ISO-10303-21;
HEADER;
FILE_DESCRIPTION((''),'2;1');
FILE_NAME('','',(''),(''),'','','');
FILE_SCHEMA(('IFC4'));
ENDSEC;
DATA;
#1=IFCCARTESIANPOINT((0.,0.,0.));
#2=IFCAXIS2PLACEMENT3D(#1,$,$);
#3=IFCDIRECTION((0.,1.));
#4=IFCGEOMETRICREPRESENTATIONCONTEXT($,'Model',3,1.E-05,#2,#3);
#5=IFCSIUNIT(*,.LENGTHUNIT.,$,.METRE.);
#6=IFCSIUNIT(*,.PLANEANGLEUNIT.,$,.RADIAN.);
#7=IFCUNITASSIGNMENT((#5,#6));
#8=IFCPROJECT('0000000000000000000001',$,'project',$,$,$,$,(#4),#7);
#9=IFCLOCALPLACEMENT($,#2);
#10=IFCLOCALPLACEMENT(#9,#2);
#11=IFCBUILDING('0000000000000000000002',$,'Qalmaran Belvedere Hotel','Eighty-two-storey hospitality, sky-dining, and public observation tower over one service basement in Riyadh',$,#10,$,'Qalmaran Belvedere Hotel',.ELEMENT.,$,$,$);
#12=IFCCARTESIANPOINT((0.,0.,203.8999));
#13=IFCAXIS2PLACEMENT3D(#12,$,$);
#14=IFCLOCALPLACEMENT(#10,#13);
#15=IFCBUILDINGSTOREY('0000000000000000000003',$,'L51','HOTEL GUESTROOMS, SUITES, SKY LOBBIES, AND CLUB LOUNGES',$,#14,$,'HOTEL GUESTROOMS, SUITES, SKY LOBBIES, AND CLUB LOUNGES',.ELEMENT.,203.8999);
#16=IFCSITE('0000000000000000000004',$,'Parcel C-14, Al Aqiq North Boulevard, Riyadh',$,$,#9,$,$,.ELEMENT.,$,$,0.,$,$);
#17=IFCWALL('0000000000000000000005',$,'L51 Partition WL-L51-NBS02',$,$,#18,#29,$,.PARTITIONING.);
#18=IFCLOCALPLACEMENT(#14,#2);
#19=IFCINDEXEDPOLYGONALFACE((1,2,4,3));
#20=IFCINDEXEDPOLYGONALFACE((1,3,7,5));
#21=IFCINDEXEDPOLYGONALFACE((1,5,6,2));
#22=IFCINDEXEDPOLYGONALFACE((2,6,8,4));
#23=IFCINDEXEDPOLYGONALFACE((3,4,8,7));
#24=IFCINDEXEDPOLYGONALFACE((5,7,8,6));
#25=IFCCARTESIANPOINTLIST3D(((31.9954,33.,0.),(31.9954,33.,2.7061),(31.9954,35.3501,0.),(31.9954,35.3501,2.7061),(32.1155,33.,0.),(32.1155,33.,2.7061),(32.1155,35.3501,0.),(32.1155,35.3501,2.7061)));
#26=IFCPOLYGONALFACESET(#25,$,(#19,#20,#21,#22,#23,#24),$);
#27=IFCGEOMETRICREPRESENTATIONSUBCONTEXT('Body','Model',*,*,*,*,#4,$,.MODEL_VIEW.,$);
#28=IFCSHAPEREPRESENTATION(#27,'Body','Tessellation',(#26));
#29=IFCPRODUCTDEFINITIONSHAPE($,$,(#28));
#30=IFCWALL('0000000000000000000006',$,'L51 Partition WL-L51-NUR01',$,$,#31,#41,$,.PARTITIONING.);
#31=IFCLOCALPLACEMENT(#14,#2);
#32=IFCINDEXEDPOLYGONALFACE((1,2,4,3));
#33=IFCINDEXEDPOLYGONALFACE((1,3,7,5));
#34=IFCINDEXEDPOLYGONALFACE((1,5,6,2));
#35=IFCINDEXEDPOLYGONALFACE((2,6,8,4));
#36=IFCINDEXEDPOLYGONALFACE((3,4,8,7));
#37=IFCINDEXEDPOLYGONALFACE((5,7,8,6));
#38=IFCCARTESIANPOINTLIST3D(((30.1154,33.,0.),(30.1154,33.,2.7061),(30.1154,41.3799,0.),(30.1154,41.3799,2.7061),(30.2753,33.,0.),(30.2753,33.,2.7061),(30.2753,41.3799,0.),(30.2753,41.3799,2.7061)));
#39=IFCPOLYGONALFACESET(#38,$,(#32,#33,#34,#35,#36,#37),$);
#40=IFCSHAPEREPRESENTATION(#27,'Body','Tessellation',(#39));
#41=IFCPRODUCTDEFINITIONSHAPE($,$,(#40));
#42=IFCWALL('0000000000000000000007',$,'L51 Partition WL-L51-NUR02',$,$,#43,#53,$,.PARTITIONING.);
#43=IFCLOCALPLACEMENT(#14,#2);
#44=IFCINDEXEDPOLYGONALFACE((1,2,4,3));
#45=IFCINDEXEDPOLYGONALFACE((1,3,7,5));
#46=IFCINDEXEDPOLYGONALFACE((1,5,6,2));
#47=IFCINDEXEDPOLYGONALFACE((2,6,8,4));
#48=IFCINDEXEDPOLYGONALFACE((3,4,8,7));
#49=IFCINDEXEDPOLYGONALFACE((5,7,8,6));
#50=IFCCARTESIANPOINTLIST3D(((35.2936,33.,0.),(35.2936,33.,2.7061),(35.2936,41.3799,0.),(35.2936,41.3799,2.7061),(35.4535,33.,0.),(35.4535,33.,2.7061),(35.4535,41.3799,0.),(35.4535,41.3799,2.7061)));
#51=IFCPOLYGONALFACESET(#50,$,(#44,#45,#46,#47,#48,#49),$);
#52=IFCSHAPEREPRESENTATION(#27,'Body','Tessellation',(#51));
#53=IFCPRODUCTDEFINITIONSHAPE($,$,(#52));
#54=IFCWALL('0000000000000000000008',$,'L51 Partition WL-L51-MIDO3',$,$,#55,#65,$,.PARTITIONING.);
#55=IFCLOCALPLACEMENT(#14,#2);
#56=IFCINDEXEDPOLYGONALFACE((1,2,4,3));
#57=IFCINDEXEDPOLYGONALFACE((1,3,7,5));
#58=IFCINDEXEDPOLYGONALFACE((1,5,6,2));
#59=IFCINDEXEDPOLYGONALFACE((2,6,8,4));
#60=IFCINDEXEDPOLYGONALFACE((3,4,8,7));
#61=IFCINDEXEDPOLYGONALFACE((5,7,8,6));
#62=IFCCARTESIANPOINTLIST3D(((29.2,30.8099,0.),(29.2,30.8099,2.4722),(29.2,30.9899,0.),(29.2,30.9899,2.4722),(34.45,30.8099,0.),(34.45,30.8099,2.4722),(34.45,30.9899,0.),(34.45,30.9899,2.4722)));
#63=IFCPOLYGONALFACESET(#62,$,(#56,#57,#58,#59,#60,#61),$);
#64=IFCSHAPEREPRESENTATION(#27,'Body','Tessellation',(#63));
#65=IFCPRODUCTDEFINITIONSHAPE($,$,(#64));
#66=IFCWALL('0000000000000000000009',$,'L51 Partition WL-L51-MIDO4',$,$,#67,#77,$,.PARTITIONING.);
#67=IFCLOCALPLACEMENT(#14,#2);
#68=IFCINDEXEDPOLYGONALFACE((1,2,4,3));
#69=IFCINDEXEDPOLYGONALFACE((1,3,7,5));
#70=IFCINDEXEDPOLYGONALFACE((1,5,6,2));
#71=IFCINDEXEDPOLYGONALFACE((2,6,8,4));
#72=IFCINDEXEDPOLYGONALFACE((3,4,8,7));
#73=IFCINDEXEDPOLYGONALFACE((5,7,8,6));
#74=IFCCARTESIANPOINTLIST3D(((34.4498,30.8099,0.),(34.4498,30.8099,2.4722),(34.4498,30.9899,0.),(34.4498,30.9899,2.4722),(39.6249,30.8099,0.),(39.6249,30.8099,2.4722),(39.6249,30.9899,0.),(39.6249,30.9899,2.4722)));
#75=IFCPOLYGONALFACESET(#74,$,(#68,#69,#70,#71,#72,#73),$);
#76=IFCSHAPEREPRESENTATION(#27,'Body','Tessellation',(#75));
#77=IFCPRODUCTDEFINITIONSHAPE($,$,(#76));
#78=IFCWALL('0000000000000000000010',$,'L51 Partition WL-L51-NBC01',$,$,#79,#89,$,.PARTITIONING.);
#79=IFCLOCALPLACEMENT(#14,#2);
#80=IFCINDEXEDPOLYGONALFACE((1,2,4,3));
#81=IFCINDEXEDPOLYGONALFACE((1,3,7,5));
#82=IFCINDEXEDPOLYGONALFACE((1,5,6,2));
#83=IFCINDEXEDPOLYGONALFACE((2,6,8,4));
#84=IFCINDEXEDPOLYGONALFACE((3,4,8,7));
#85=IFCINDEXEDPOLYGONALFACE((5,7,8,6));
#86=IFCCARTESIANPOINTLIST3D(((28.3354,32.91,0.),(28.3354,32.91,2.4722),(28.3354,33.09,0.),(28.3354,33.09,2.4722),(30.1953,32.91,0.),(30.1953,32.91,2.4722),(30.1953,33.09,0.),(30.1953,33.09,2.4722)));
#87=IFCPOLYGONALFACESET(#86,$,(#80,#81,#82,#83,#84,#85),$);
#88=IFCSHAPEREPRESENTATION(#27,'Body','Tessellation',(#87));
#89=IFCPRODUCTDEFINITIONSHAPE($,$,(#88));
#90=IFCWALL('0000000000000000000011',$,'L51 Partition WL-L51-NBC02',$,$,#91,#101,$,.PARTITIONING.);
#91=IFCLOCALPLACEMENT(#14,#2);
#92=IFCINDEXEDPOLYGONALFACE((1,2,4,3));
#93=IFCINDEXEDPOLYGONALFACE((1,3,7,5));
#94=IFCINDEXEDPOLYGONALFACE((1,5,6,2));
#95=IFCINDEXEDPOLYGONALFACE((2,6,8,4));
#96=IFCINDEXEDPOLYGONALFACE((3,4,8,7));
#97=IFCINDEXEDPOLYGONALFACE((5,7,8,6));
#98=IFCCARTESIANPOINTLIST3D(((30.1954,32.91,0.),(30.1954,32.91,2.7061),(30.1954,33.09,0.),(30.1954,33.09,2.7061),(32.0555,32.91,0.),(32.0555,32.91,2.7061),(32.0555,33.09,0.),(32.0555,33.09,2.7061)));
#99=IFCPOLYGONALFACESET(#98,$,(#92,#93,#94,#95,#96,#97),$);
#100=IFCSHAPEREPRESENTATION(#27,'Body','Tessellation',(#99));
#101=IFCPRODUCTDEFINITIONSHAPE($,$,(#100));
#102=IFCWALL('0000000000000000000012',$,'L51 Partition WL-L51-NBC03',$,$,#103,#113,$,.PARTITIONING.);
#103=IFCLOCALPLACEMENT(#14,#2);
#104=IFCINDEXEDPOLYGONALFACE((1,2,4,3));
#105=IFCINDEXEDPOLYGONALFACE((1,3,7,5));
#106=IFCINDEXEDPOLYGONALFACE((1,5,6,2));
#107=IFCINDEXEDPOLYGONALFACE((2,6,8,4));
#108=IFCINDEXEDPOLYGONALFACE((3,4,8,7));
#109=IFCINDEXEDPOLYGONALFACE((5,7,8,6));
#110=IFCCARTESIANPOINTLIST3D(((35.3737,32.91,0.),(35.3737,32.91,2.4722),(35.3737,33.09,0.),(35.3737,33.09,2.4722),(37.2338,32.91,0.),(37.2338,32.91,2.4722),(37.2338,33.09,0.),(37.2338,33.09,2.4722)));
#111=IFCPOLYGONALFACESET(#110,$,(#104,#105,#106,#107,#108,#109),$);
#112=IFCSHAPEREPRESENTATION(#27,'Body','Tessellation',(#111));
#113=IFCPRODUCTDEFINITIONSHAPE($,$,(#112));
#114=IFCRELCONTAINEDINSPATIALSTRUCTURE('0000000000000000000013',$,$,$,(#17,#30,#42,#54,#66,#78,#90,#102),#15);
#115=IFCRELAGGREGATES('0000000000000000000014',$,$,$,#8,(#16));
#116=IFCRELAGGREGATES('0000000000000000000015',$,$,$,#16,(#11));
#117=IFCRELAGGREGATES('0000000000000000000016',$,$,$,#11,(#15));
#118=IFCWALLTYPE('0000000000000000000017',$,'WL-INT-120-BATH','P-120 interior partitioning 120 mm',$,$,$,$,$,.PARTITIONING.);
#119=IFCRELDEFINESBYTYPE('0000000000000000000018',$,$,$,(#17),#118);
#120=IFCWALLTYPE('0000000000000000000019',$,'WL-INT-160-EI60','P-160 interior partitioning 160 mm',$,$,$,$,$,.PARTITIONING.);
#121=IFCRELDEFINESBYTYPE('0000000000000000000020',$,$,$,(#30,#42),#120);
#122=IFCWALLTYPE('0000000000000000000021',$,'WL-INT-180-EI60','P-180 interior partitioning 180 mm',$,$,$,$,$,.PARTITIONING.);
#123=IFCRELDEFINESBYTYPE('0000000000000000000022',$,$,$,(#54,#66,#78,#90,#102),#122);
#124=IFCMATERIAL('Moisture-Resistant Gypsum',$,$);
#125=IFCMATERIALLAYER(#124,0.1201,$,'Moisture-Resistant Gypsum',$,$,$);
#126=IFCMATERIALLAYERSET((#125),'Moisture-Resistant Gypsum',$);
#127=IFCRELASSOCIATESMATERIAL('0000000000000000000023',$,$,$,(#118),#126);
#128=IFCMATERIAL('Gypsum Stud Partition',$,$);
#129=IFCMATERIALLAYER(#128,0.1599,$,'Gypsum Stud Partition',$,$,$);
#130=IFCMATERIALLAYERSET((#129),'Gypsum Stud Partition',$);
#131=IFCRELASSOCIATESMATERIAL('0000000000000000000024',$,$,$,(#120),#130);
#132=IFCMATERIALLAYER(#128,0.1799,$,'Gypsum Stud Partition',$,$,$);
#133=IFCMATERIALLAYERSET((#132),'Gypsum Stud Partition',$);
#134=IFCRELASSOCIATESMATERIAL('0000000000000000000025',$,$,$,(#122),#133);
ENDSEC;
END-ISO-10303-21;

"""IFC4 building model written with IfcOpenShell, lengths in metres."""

from ifc_helpers import new_model, si_unit, direction, frame, frame_2d, origin, place, context, subcontext, project, spatial, rectangle, extrude, material, layer, layer_set, type_object, element, save


model = new_model("IFC4")

# Units and contexts
model_context = context("Model", 3, precision=1e-05, world=origin(), true_north=direction((0.0, 1.0)))
body_context = subcontext(model_context, "Body", "Model", "MODEL_VIEW")
ifc_project = project(units=[si_unit("LENGTHUNIT", "METRE"), si_unit("PLANEANGLEUNIT", "RADIAN")], contexts=[model_context])

# Site, building, storey
site_placement = place(None, origin())
site = spatial("IfcSite", under=ifc_project, at=site_placement, Name="Parcel C-14, Al Aqiq North Boulevard, Riyadh", CompositionType="ELEMENT", RefElevation=0.0)
building_placement = place(site_placement, origin())
building = spatial("IfcBuilding", under=site, at=building_placement, Name="Qalmaran Belvedere Hotel", Description="Eighty-two-storey hospitality, sky-dining, and public observation tower over one service basement in Riyadh", LongName="Qalmaran Belvedere Hotel", CompositionType="ELEMENT")
storey_placement = place(building_placement, frame((0.0, 0.0, 203.8999)))
storey = spatial("IfcBuildingStorey", under=building, at=storey_placement, Name="L51", Description="HOTEL GUESTROOMS, SUITES, SKY LOBBIES, AND CLUB LOUNGES", LongName="HOTEL GUESTROOMS, SUITES, SKY LOBBIES, AND CLUB LOUNGES", CompositionType="ELEMENT", Elevation=203.8999)

# Walls
ifc_material_1 = material(Name="Moisture-Resistant Gypsum")
ifc_layer_1 = layer(ifc_material_1, 0.1201, Name="Moisture-Resistant Gypsum")
ifc_layer_set_1 = layer_set([ifc_layer_1], Name="Moisture-Resistant Gypsum")
wall_type_1 = type_object("IfcWallType", Name="WL-INT-120-BATH", Description="P-120 interior partitioning 120 mm", PredefinedType="PARTITIONING", material=ifc_layer_set_1)
wall_1_placement = place(storey_placement, frame((32.0554, 33.0, 0.0), z_axis=(0.0, 0.0, 1.0), x_axis=(0.0, 1.0, 0.0)))
element("IfcWall", 1, at=wall_1_placement, inside=storey, type_object=wall_type_1, Name="L51 Partition WL-L51-NBS02", PredefinedType="PARTITIONING", context=body_context, shape_type="SweptSolid", body=[
    extrude(rectangle(XDim=2.3501, YDim=0.1201, at=frame_2d((1.175, 0.0))), origin(), (0.0, 0.0, 1.0), 2.7061),
])
ifc_material_2 = material(Name="Gypsum Stud Partition")
ifc_layer_2 = layer(ifc_material_2, 0.1599, Name="Gypsum Stud Partition")
ifc_layer_set_2 = layer_set([ifc_layer_2], Name="Gypsum Stud Partition")
wall_type_2 = type_object("IfcWallType", Name="WL-INT-160-EI60", Description="P-160 interior partitioning 160 mm", PredefinedType="PARTITIONING", material=ifc_layer_set_2)
for number, where, z_axis, x_axis, name in (
    (2, (30.1953, 33.0, 0.0), (0.0, 0.0, 1.0), (0.0, 1.0, 0.0), "L51 Partition WL-L51-NUR01"),
    (3, (35.3735, 33.0, 0.0), (0.0, 0.0, 1.0), (0.0, 1.0, 0.0), "L51 Partition WL-L51-NUR02"),
):
    element("IfcWall", number, at=place(storey_placement, frame(where, z_axis=z_axis, x_axis=x_axis)), inside=storey, type_object=wall_type_2, Name=name, PredefinedType="PARTITIONING", context=body_context, shape_type="SweptSolid", body=[
        extrude(rectangle(XDim=8.3799, YDim=0.1599, at=frame_2d((4.1899, 0.0))), origin(), (0.0, 0.0, 1.0), 2.7061),
    ])
ifc_layer_3 = layer(ifc_material_2, 0.1799, Name="Gypsum Stud Partition")
ifc_layer_set_3 = layer_set([ifc_layer_3], Name="Gypsum Stud Partition")
wall_type_3 = type_object("IfcWallType", Name="WL-INT-180-EI60", Description="P-180 interior partitioning 180 mm", PredefinedType="PARTITIONING", material=ifc_layer_set_3)
wall_2_placement = place(storey_placement, frame((29.2, 30.8999, 0.0), z_axis=(0.0, 0.0, 1.0), x_axis=(1.0, 0.0, 0.0)))
element("IfcWall", 4, at=wall_2_placement, inside=storey, type_object=wall_type_3, Name="L51 Partition WL-L51-MIDO3", PredefinedType="PARTITIONING", context=body_context, shape_type="SweptSolid", body=[
    extrude(rectangle(XDim=5.25, YDim=0.1799, at=frame_2d((2.625, 0.0))), origin(), (0.0, 0.0, 1.0), 2.4722),
])
wall_3_placement = place(storey_placement, frame((34.45, 30.8999, 0.0), z_axis=(0.0, 0.0, 1.0), x_axis=(1.0, 0.0, 0.0)))
element("IfcWall", 5, at=wall_3_placement, inside=storey, type_object=wall_type_3, Name="L51 Partition WL-L51-MIDO4", PredefinedType="PARTITIONING", context=body_context, shape_type="SweptSolid", body=[
    extrude(rectangle(XDim=5.175, YDim=0.1799, at=frame_2d((2.5874, 0.0))), origin(), (0.0, 0.0, 1.0), 2.4722),
])
wall_4_placement = place(storey_placement, frame((28.3354, 33.0, 0.0), z_axis=(0.0, 0.0, 1.0), x_axis=(1.0, 0.0, 0.0)))
element("IfcWall", 6, at=wall_4_placement, inside=storey, type_object=wall_type_3, Name="L51 Partition WL-L51-NBC01", PredefinedType="PARTITIONING", context=body_context, shape_type="SweptSolid", body=[
    extrude(rectangle(XDim=1.8599, YDim=0.1799, at=frame_2d((0.9299, 0.0))), origin(), (0.0, 0.0, 1.0), 2.4722),
])
wall_5_placement = place(storey_placement, frame((30.1953, 33.0, 0.0), z_axis=(0.0, 0.0, 1.0), x_axis=(1.0, 0.0, 0.0)))
element("IfcWall", 7, at=wall_5_placement, inside=storey, type_object=wall_type_3, Name="L51 Partition WL-L51-NBC02", PredefinedType="PARTITIONING", context=body_context, shape_type="SweptSolid", body=[
    extrude(rectangle(XDim=1.8601, YDim=0.1799, at=frame_2d((0.9302, 0.0))), origin(), (0.0, 0.0, 1.0), 2.7061),
])

# Wall
wall_6_placement = place(storey_placement, frame((35.3735, 33.0, 0.0), z_axis=(0.0, 0.0, 1.0), x_axis=(1.0, 0.0, 0.0)))
element("IfcWall", 8, at=wall_6_placement, inside=storey, type_object=wall_type_3, Name="L51 Partition WL-L51-NBC03", PredefinedType="PARTITIONING", context=body_context, shape_type="SweptSolid", body=[
    extrude(rectangle(XDim=1.8601, YDim=0.1799, at=frame_2d((0.9302, 0.0))), origin(), (0.0, 0.0, 1.0), 2.4722),
])

save(model, "model.ifc")
